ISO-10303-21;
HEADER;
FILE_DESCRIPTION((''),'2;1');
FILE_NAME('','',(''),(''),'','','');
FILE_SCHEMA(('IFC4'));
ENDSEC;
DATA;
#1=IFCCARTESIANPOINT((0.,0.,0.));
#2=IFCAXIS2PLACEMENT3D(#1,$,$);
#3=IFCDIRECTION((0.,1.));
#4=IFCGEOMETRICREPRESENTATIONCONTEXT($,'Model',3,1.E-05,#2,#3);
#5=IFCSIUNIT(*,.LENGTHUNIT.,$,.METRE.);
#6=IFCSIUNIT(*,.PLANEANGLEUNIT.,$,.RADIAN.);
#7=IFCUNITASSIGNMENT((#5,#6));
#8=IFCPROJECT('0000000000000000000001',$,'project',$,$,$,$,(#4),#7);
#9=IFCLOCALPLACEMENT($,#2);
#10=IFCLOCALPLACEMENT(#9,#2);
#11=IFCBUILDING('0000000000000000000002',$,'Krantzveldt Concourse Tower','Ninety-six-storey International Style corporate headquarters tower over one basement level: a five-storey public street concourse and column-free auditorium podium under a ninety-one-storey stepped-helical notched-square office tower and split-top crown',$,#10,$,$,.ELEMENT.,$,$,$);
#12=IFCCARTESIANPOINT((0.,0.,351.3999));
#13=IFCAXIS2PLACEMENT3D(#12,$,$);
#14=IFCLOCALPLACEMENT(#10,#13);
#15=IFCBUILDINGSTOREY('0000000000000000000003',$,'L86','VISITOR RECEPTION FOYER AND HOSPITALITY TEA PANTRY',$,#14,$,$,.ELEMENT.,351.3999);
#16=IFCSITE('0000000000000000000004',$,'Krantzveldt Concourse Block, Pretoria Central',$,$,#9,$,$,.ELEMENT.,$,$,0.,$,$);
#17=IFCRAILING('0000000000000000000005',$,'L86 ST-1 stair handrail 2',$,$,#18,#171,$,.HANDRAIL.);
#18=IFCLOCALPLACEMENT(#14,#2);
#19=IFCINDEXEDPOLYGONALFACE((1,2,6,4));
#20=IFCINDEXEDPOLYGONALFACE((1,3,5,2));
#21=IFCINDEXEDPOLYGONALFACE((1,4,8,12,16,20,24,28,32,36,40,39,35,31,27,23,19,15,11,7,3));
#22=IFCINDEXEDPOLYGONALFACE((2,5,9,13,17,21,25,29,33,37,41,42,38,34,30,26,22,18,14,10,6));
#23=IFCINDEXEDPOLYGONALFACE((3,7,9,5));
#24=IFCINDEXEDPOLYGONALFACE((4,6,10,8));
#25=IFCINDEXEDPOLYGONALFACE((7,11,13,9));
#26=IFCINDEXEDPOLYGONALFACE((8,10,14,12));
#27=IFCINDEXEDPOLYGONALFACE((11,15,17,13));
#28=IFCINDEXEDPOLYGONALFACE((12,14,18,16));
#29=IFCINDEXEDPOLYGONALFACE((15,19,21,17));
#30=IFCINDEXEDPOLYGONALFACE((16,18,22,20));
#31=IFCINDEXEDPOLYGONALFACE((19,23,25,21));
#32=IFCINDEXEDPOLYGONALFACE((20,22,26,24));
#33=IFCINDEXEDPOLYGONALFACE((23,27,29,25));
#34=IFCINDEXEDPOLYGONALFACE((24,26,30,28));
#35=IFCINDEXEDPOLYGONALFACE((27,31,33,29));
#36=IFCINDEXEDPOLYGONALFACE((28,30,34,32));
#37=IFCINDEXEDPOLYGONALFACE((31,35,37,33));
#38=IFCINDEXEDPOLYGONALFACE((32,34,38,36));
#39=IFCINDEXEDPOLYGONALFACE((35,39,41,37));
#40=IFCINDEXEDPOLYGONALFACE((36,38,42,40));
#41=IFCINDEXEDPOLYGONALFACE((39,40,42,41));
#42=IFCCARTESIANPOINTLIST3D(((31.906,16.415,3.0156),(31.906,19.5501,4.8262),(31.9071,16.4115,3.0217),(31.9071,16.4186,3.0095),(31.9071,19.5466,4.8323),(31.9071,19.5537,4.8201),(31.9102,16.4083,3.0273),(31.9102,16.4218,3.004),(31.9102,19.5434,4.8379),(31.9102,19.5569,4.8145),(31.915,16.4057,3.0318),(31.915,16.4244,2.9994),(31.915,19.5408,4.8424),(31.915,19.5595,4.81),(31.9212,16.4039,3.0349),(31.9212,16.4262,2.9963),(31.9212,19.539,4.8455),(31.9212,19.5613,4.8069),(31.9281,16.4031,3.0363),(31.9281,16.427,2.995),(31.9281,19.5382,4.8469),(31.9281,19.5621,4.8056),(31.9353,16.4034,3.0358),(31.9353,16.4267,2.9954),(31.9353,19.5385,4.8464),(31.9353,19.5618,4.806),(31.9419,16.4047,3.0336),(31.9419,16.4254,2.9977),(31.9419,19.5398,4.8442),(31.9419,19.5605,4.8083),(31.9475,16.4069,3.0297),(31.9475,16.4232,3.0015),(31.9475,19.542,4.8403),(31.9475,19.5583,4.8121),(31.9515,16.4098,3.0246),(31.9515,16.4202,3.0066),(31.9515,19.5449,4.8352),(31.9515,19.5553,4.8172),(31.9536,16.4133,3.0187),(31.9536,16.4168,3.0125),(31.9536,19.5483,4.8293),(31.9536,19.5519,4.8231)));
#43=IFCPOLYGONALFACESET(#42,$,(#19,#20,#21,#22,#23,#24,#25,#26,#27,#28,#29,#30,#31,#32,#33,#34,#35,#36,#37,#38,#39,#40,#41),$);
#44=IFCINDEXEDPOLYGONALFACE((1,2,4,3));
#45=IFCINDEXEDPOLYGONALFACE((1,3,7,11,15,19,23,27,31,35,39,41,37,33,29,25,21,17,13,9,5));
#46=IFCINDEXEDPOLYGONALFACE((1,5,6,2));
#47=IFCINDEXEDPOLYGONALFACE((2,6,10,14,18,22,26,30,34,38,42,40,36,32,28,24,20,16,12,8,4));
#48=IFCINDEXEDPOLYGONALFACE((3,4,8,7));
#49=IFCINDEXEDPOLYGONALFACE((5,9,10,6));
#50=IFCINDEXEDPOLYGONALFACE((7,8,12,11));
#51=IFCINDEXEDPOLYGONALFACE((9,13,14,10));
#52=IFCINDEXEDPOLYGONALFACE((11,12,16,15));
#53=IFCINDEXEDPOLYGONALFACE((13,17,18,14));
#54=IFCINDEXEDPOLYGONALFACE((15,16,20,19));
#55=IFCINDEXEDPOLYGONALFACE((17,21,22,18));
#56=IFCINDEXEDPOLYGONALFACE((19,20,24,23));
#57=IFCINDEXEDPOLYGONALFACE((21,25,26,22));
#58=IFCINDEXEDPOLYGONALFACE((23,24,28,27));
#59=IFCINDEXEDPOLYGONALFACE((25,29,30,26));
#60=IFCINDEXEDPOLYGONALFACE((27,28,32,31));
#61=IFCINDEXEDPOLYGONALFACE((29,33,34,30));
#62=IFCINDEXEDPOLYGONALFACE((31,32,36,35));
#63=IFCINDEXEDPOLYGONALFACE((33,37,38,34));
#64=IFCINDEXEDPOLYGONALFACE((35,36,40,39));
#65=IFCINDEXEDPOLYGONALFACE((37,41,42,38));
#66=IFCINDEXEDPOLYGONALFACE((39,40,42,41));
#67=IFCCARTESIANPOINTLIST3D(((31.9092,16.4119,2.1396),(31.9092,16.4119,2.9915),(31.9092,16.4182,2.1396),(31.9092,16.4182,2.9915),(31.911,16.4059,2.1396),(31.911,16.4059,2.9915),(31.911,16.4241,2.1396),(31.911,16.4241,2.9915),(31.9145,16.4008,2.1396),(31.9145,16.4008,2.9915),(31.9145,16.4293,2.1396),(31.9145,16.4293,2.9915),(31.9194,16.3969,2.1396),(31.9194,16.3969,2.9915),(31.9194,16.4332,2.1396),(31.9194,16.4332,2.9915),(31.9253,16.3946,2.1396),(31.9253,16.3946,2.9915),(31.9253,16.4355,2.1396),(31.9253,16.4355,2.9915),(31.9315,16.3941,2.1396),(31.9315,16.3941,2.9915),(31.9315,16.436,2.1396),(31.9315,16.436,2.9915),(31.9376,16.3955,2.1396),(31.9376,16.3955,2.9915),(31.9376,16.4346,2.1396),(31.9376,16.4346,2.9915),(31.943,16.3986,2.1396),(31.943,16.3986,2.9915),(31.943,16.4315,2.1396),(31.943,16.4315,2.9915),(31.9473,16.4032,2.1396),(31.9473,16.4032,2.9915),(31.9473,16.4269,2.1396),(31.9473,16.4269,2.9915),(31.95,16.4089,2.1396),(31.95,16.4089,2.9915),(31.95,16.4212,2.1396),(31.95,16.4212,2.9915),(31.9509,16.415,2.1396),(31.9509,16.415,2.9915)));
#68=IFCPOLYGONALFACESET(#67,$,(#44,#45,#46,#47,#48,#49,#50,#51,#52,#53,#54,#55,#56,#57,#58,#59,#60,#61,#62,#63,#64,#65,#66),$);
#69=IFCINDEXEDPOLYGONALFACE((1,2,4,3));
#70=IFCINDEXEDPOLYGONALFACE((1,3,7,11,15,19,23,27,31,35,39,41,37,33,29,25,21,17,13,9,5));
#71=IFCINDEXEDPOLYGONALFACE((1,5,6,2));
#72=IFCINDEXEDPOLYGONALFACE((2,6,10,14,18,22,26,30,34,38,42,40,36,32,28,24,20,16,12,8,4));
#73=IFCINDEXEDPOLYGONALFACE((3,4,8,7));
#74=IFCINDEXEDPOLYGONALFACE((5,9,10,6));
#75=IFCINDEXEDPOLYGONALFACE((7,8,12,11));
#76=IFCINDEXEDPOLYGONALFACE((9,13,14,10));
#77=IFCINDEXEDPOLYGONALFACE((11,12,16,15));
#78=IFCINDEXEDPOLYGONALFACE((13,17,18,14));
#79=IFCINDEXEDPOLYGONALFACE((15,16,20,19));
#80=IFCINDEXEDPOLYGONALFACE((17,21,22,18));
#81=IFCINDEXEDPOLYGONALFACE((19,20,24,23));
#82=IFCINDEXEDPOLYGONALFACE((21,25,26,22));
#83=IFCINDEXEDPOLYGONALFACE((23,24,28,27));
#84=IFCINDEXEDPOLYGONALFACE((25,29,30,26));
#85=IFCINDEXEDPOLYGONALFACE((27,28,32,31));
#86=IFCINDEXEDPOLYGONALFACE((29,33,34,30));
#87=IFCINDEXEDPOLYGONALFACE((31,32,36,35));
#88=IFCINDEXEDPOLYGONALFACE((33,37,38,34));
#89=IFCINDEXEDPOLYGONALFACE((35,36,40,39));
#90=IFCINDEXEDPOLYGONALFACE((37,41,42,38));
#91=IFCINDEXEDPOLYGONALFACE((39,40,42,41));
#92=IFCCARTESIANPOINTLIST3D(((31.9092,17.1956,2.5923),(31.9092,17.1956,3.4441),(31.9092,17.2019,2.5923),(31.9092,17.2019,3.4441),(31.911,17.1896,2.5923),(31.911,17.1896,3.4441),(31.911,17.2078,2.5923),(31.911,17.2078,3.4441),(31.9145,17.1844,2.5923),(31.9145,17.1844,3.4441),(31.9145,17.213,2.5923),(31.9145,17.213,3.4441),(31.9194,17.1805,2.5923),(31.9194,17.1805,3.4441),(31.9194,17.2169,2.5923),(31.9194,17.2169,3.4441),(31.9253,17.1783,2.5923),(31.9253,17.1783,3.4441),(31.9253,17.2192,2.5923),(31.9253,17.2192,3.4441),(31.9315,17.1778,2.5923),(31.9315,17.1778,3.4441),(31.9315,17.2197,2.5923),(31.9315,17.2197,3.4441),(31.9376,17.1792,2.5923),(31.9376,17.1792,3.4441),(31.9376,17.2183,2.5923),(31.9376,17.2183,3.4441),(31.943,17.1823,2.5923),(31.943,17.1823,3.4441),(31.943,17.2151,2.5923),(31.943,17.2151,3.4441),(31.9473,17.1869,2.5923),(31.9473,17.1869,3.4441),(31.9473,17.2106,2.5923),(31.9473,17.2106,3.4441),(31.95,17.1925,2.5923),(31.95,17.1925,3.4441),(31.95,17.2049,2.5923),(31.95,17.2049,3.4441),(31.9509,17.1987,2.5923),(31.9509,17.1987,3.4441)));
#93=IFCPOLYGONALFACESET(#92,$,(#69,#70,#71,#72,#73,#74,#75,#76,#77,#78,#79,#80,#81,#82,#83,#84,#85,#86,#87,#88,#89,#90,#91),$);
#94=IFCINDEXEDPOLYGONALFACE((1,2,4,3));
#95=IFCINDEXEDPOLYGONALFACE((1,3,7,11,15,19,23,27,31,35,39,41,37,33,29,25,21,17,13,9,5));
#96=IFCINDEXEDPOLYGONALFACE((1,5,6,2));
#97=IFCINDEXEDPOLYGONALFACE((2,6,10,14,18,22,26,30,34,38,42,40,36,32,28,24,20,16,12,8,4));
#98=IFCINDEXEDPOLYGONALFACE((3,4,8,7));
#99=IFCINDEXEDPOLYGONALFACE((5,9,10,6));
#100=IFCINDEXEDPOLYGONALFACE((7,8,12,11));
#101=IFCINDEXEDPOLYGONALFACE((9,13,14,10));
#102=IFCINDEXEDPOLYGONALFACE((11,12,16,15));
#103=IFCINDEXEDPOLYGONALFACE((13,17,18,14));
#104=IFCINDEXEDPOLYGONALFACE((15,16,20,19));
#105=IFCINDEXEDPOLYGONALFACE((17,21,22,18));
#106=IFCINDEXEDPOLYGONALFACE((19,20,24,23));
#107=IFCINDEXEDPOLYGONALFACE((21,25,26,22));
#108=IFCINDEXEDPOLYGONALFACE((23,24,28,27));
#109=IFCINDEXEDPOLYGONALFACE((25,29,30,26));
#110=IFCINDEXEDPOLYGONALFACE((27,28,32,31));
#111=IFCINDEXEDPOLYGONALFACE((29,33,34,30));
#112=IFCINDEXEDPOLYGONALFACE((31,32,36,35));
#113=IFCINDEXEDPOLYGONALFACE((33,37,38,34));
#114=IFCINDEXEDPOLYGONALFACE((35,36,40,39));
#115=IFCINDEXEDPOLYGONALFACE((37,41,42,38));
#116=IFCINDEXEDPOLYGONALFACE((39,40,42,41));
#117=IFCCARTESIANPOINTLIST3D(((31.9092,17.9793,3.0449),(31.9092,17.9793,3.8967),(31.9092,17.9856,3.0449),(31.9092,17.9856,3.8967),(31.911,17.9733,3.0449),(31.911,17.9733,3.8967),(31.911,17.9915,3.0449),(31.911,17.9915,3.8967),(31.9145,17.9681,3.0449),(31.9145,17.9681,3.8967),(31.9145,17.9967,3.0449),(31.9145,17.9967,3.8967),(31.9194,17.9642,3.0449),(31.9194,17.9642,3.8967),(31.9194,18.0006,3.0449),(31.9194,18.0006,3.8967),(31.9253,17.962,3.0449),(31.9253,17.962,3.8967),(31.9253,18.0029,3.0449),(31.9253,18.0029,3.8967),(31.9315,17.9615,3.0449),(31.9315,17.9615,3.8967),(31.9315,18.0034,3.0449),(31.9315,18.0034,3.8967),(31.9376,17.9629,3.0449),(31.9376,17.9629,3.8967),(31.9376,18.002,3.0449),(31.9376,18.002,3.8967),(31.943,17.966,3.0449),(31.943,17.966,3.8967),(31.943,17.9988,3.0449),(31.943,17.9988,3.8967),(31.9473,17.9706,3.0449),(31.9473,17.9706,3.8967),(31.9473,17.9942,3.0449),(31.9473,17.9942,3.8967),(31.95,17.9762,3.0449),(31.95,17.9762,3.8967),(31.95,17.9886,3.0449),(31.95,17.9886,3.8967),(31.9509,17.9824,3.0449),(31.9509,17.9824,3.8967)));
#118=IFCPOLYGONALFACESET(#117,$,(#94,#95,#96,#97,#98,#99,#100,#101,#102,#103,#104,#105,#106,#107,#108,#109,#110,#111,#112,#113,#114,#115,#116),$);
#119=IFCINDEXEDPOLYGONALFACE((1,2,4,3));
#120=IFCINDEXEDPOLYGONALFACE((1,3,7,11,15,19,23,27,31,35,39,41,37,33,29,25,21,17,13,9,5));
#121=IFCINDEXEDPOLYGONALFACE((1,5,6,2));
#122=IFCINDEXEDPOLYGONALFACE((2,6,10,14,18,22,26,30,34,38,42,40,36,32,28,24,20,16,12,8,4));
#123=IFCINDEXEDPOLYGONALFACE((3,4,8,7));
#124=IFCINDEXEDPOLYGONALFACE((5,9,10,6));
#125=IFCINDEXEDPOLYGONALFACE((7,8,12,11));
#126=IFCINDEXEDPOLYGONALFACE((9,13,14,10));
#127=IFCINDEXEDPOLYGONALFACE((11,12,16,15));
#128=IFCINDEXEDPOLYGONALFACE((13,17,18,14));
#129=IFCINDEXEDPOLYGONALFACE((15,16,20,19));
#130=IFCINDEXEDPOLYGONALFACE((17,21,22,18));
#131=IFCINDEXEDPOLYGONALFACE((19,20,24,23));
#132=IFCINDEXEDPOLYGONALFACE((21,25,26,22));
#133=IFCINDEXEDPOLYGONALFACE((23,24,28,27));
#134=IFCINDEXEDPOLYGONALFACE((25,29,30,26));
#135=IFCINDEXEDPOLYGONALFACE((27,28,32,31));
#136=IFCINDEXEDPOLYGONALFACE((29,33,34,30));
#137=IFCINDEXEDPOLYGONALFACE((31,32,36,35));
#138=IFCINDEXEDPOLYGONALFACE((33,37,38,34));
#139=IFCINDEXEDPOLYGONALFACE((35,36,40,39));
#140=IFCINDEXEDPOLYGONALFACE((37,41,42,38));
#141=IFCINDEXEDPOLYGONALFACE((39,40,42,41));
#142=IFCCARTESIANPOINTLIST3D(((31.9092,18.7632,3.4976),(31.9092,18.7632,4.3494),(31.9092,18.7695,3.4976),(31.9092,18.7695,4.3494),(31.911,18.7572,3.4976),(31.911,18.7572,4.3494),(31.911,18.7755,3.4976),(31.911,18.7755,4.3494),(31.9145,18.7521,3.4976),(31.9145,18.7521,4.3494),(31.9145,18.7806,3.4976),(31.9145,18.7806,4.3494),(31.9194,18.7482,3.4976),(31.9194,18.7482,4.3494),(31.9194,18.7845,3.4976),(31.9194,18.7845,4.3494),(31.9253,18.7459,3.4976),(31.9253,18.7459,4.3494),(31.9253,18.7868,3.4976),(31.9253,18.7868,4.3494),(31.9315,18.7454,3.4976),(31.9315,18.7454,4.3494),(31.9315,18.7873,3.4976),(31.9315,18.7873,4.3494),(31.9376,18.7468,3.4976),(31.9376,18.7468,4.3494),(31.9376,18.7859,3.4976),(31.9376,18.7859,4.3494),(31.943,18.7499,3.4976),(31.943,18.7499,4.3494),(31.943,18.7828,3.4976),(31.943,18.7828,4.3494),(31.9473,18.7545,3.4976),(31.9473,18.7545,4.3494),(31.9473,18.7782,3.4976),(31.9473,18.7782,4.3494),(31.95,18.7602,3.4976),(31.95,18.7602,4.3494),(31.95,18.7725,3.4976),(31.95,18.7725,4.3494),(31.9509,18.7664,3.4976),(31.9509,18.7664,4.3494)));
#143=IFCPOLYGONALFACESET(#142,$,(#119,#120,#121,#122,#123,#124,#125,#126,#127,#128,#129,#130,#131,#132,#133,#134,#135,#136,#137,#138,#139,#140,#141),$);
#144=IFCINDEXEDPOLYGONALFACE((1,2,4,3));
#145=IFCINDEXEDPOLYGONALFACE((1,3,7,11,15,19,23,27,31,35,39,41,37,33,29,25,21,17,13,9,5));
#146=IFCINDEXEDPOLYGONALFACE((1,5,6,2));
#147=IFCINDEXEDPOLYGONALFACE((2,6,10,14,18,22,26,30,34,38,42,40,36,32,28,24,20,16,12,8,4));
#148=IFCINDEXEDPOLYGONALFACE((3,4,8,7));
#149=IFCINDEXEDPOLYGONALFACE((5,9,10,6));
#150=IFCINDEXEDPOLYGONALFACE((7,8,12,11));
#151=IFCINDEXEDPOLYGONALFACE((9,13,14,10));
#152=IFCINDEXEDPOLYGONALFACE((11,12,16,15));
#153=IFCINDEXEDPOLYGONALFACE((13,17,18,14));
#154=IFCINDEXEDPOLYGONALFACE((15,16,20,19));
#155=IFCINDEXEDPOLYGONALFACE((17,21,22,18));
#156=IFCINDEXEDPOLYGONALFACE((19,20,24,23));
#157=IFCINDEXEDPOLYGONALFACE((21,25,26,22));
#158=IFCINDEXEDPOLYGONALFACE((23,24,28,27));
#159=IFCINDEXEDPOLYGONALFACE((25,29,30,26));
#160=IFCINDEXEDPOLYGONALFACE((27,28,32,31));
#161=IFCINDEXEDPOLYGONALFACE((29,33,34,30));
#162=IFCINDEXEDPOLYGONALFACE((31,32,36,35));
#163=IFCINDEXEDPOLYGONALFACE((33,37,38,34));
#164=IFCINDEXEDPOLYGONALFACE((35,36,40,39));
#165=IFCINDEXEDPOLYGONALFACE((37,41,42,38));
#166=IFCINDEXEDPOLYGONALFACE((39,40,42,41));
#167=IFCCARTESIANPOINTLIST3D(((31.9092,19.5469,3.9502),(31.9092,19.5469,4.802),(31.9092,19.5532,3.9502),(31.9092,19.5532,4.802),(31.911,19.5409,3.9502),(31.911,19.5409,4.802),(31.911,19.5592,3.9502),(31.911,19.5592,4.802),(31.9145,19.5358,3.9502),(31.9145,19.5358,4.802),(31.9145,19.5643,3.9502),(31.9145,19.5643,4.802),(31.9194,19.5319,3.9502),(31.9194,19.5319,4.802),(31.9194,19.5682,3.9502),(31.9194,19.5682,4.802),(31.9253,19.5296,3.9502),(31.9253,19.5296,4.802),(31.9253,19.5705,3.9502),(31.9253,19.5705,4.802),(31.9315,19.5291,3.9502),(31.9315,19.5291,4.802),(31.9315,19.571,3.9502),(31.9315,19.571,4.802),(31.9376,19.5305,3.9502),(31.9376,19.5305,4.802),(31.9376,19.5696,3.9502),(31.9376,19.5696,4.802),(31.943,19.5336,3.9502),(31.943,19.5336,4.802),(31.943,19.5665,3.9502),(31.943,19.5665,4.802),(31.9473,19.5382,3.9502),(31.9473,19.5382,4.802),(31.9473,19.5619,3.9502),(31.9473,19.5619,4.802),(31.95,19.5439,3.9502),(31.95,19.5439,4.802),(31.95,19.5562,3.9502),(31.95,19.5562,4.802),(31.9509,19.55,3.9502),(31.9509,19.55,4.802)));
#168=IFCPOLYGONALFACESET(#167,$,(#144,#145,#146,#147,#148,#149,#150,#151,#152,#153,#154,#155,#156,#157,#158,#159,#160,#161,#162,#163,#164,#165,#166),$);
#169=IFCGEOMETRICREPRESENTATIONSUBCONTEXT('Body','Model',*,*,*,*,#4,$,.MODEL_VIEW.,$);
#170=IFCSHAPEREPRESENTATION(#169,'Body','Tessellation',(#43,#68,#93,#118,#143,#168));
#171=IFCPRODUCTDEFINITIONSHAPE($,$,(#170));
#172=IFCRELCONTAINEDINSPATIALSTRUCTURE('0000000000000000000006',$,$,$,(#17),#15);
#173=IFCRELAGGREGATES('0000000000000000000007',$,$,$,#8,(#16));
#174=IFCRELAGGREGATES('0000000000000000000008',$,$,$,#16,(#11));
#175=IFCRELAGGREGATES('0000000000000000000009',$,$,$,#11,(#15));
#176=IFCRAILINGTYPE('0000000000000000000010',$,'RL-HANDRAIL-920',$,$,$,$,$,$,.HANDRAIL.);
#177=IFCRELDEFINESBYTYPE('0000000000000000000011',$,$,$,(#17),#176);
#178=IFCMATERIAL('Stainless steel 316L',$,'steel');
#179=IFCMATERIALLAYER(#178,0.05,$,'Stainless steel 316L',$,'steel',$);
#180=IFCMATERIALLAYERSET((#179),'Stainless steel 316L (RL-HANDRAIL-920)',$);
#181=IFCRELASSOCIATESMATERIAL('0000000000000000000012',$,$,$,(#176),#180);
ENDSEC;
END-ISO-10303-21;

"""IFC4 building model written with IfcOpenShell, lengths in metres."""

from ifc_helpers import new_model, si_unit, direction, frame, origin, origin_2d, place, context, subcontext, project, spatial, circle, extrude, material, layer, layer_set, type_object, element, save


model = new_model("IFC4")

# Units and contexts
model_context = context("Model", 3, precision=1e-05, world=origin(), true_north=direction((0.0, 1.0)))
body_context = subcontext(model_context, "Body", "Model", "MODEL_VIEW")
ifc_project = project(units=[si_unit("LENGTHUNIT", "METRE"), si_unit("PLANEANGLEUNIT", "RADIAN")], contexts=[model_context])

# Site, building, storey
site_placement = place(None, origin())
site = spatial("IfcSite", under=ifc_project, at=site_placement, Name="Krantzveldt Concourse Block, Pretoria Central", CompositionType="ELEMENT", RefElevation=0.0)
building_placement = place(site_placement, origin())
building = spatial("IfcBuilding", under=site, at=building_placement, Name="Krantzveldt Concourse Tower", Description="Ninety-six-storey International Style corporate headquarters tower over one basement level: a five-storey public street concourse and column-free auditorium podium under a ninety-one-storey stepped-helical notched-square office tower and split-top crown", CompositionType="ELEMENT")
storey_placement = place(building_placement, frame((0.0, 0.0, 351.3999)))
storey = spatial("IfcBuildingStorey", under=building, at=storey_placement, Name="L86", Description="VISITOR RECEPTION FOYER AND HOSPITALITY TEA PANTRY", CompositionType="ELEMENT", Elevation=351.3999)

# Shared definitions
ifc_material_1 = material(Name="Stainless steel 316L", Category="steel")

# Railing
ifc_layer_1 = layer(ifc_material_1, 0.05, Name="Stainless steel 316L", Category="steel")
ifc_layer_set_1 = layer_set([ifc_layer_1], Name="Stainless steel 316L (RL-HANDRAIL-920)")
railing_type_1 = type_object("IfcRailingType", Name="RL-HANDRAIL-920", PredefinedType="HANDRAIL", material=ifc_layer_set_1)
railing_1_placement = place(storey_placement, frame((31.9299, 16.415, 2.1396)))
element("IfcRailing", 1, at=railing_1_placement, inside=storey, type_object=railing_type_1, Name="L86 ST-1 stair handrail 2", PredefinedType="HANDRAIL", context=body_context, shape_type="SweptSolid", body=[
    extrude(circle(Radius=0.0239, at=origin_2d()), frame((0.0, 0.0, 0.876), z_axis=(0.0, 0.86596, 0.500114), x_axis=(-1.0, 0.0, 0.0)), (0.0, 0.0, 1.0), 3.6204),
    extrude(circle(Radius=0.021, at=origin_2d()), origin(), (0.0, 0.0, 1.0), 0.8518),
    extrude(circle(Radius=0.021, at=origin_2d()), frame((0.0, 0.7837, 0.4526)), (0.0, 0.0, 1.0), 0.8518),
    extrude(circle(Radius=0.021, at=origin_2d()), frame((0.0, 1.5674, 0.9053)), (0.0, 0.0, 1.0), 0.8518),
    extrude(circle(Radius=0.021, at=origin_2d()), frame((0.0, 2.3513, 1.3579)), (0.0, 0.0, 1.0), 0.8518),
    extrude(circle(Radius=0.021, at=origin_2d()), frame((0.0, 3.135, 1.8105)), (0.0, 0.0, 1.0), 0.8518),
])

save(model, "model.ifc")
